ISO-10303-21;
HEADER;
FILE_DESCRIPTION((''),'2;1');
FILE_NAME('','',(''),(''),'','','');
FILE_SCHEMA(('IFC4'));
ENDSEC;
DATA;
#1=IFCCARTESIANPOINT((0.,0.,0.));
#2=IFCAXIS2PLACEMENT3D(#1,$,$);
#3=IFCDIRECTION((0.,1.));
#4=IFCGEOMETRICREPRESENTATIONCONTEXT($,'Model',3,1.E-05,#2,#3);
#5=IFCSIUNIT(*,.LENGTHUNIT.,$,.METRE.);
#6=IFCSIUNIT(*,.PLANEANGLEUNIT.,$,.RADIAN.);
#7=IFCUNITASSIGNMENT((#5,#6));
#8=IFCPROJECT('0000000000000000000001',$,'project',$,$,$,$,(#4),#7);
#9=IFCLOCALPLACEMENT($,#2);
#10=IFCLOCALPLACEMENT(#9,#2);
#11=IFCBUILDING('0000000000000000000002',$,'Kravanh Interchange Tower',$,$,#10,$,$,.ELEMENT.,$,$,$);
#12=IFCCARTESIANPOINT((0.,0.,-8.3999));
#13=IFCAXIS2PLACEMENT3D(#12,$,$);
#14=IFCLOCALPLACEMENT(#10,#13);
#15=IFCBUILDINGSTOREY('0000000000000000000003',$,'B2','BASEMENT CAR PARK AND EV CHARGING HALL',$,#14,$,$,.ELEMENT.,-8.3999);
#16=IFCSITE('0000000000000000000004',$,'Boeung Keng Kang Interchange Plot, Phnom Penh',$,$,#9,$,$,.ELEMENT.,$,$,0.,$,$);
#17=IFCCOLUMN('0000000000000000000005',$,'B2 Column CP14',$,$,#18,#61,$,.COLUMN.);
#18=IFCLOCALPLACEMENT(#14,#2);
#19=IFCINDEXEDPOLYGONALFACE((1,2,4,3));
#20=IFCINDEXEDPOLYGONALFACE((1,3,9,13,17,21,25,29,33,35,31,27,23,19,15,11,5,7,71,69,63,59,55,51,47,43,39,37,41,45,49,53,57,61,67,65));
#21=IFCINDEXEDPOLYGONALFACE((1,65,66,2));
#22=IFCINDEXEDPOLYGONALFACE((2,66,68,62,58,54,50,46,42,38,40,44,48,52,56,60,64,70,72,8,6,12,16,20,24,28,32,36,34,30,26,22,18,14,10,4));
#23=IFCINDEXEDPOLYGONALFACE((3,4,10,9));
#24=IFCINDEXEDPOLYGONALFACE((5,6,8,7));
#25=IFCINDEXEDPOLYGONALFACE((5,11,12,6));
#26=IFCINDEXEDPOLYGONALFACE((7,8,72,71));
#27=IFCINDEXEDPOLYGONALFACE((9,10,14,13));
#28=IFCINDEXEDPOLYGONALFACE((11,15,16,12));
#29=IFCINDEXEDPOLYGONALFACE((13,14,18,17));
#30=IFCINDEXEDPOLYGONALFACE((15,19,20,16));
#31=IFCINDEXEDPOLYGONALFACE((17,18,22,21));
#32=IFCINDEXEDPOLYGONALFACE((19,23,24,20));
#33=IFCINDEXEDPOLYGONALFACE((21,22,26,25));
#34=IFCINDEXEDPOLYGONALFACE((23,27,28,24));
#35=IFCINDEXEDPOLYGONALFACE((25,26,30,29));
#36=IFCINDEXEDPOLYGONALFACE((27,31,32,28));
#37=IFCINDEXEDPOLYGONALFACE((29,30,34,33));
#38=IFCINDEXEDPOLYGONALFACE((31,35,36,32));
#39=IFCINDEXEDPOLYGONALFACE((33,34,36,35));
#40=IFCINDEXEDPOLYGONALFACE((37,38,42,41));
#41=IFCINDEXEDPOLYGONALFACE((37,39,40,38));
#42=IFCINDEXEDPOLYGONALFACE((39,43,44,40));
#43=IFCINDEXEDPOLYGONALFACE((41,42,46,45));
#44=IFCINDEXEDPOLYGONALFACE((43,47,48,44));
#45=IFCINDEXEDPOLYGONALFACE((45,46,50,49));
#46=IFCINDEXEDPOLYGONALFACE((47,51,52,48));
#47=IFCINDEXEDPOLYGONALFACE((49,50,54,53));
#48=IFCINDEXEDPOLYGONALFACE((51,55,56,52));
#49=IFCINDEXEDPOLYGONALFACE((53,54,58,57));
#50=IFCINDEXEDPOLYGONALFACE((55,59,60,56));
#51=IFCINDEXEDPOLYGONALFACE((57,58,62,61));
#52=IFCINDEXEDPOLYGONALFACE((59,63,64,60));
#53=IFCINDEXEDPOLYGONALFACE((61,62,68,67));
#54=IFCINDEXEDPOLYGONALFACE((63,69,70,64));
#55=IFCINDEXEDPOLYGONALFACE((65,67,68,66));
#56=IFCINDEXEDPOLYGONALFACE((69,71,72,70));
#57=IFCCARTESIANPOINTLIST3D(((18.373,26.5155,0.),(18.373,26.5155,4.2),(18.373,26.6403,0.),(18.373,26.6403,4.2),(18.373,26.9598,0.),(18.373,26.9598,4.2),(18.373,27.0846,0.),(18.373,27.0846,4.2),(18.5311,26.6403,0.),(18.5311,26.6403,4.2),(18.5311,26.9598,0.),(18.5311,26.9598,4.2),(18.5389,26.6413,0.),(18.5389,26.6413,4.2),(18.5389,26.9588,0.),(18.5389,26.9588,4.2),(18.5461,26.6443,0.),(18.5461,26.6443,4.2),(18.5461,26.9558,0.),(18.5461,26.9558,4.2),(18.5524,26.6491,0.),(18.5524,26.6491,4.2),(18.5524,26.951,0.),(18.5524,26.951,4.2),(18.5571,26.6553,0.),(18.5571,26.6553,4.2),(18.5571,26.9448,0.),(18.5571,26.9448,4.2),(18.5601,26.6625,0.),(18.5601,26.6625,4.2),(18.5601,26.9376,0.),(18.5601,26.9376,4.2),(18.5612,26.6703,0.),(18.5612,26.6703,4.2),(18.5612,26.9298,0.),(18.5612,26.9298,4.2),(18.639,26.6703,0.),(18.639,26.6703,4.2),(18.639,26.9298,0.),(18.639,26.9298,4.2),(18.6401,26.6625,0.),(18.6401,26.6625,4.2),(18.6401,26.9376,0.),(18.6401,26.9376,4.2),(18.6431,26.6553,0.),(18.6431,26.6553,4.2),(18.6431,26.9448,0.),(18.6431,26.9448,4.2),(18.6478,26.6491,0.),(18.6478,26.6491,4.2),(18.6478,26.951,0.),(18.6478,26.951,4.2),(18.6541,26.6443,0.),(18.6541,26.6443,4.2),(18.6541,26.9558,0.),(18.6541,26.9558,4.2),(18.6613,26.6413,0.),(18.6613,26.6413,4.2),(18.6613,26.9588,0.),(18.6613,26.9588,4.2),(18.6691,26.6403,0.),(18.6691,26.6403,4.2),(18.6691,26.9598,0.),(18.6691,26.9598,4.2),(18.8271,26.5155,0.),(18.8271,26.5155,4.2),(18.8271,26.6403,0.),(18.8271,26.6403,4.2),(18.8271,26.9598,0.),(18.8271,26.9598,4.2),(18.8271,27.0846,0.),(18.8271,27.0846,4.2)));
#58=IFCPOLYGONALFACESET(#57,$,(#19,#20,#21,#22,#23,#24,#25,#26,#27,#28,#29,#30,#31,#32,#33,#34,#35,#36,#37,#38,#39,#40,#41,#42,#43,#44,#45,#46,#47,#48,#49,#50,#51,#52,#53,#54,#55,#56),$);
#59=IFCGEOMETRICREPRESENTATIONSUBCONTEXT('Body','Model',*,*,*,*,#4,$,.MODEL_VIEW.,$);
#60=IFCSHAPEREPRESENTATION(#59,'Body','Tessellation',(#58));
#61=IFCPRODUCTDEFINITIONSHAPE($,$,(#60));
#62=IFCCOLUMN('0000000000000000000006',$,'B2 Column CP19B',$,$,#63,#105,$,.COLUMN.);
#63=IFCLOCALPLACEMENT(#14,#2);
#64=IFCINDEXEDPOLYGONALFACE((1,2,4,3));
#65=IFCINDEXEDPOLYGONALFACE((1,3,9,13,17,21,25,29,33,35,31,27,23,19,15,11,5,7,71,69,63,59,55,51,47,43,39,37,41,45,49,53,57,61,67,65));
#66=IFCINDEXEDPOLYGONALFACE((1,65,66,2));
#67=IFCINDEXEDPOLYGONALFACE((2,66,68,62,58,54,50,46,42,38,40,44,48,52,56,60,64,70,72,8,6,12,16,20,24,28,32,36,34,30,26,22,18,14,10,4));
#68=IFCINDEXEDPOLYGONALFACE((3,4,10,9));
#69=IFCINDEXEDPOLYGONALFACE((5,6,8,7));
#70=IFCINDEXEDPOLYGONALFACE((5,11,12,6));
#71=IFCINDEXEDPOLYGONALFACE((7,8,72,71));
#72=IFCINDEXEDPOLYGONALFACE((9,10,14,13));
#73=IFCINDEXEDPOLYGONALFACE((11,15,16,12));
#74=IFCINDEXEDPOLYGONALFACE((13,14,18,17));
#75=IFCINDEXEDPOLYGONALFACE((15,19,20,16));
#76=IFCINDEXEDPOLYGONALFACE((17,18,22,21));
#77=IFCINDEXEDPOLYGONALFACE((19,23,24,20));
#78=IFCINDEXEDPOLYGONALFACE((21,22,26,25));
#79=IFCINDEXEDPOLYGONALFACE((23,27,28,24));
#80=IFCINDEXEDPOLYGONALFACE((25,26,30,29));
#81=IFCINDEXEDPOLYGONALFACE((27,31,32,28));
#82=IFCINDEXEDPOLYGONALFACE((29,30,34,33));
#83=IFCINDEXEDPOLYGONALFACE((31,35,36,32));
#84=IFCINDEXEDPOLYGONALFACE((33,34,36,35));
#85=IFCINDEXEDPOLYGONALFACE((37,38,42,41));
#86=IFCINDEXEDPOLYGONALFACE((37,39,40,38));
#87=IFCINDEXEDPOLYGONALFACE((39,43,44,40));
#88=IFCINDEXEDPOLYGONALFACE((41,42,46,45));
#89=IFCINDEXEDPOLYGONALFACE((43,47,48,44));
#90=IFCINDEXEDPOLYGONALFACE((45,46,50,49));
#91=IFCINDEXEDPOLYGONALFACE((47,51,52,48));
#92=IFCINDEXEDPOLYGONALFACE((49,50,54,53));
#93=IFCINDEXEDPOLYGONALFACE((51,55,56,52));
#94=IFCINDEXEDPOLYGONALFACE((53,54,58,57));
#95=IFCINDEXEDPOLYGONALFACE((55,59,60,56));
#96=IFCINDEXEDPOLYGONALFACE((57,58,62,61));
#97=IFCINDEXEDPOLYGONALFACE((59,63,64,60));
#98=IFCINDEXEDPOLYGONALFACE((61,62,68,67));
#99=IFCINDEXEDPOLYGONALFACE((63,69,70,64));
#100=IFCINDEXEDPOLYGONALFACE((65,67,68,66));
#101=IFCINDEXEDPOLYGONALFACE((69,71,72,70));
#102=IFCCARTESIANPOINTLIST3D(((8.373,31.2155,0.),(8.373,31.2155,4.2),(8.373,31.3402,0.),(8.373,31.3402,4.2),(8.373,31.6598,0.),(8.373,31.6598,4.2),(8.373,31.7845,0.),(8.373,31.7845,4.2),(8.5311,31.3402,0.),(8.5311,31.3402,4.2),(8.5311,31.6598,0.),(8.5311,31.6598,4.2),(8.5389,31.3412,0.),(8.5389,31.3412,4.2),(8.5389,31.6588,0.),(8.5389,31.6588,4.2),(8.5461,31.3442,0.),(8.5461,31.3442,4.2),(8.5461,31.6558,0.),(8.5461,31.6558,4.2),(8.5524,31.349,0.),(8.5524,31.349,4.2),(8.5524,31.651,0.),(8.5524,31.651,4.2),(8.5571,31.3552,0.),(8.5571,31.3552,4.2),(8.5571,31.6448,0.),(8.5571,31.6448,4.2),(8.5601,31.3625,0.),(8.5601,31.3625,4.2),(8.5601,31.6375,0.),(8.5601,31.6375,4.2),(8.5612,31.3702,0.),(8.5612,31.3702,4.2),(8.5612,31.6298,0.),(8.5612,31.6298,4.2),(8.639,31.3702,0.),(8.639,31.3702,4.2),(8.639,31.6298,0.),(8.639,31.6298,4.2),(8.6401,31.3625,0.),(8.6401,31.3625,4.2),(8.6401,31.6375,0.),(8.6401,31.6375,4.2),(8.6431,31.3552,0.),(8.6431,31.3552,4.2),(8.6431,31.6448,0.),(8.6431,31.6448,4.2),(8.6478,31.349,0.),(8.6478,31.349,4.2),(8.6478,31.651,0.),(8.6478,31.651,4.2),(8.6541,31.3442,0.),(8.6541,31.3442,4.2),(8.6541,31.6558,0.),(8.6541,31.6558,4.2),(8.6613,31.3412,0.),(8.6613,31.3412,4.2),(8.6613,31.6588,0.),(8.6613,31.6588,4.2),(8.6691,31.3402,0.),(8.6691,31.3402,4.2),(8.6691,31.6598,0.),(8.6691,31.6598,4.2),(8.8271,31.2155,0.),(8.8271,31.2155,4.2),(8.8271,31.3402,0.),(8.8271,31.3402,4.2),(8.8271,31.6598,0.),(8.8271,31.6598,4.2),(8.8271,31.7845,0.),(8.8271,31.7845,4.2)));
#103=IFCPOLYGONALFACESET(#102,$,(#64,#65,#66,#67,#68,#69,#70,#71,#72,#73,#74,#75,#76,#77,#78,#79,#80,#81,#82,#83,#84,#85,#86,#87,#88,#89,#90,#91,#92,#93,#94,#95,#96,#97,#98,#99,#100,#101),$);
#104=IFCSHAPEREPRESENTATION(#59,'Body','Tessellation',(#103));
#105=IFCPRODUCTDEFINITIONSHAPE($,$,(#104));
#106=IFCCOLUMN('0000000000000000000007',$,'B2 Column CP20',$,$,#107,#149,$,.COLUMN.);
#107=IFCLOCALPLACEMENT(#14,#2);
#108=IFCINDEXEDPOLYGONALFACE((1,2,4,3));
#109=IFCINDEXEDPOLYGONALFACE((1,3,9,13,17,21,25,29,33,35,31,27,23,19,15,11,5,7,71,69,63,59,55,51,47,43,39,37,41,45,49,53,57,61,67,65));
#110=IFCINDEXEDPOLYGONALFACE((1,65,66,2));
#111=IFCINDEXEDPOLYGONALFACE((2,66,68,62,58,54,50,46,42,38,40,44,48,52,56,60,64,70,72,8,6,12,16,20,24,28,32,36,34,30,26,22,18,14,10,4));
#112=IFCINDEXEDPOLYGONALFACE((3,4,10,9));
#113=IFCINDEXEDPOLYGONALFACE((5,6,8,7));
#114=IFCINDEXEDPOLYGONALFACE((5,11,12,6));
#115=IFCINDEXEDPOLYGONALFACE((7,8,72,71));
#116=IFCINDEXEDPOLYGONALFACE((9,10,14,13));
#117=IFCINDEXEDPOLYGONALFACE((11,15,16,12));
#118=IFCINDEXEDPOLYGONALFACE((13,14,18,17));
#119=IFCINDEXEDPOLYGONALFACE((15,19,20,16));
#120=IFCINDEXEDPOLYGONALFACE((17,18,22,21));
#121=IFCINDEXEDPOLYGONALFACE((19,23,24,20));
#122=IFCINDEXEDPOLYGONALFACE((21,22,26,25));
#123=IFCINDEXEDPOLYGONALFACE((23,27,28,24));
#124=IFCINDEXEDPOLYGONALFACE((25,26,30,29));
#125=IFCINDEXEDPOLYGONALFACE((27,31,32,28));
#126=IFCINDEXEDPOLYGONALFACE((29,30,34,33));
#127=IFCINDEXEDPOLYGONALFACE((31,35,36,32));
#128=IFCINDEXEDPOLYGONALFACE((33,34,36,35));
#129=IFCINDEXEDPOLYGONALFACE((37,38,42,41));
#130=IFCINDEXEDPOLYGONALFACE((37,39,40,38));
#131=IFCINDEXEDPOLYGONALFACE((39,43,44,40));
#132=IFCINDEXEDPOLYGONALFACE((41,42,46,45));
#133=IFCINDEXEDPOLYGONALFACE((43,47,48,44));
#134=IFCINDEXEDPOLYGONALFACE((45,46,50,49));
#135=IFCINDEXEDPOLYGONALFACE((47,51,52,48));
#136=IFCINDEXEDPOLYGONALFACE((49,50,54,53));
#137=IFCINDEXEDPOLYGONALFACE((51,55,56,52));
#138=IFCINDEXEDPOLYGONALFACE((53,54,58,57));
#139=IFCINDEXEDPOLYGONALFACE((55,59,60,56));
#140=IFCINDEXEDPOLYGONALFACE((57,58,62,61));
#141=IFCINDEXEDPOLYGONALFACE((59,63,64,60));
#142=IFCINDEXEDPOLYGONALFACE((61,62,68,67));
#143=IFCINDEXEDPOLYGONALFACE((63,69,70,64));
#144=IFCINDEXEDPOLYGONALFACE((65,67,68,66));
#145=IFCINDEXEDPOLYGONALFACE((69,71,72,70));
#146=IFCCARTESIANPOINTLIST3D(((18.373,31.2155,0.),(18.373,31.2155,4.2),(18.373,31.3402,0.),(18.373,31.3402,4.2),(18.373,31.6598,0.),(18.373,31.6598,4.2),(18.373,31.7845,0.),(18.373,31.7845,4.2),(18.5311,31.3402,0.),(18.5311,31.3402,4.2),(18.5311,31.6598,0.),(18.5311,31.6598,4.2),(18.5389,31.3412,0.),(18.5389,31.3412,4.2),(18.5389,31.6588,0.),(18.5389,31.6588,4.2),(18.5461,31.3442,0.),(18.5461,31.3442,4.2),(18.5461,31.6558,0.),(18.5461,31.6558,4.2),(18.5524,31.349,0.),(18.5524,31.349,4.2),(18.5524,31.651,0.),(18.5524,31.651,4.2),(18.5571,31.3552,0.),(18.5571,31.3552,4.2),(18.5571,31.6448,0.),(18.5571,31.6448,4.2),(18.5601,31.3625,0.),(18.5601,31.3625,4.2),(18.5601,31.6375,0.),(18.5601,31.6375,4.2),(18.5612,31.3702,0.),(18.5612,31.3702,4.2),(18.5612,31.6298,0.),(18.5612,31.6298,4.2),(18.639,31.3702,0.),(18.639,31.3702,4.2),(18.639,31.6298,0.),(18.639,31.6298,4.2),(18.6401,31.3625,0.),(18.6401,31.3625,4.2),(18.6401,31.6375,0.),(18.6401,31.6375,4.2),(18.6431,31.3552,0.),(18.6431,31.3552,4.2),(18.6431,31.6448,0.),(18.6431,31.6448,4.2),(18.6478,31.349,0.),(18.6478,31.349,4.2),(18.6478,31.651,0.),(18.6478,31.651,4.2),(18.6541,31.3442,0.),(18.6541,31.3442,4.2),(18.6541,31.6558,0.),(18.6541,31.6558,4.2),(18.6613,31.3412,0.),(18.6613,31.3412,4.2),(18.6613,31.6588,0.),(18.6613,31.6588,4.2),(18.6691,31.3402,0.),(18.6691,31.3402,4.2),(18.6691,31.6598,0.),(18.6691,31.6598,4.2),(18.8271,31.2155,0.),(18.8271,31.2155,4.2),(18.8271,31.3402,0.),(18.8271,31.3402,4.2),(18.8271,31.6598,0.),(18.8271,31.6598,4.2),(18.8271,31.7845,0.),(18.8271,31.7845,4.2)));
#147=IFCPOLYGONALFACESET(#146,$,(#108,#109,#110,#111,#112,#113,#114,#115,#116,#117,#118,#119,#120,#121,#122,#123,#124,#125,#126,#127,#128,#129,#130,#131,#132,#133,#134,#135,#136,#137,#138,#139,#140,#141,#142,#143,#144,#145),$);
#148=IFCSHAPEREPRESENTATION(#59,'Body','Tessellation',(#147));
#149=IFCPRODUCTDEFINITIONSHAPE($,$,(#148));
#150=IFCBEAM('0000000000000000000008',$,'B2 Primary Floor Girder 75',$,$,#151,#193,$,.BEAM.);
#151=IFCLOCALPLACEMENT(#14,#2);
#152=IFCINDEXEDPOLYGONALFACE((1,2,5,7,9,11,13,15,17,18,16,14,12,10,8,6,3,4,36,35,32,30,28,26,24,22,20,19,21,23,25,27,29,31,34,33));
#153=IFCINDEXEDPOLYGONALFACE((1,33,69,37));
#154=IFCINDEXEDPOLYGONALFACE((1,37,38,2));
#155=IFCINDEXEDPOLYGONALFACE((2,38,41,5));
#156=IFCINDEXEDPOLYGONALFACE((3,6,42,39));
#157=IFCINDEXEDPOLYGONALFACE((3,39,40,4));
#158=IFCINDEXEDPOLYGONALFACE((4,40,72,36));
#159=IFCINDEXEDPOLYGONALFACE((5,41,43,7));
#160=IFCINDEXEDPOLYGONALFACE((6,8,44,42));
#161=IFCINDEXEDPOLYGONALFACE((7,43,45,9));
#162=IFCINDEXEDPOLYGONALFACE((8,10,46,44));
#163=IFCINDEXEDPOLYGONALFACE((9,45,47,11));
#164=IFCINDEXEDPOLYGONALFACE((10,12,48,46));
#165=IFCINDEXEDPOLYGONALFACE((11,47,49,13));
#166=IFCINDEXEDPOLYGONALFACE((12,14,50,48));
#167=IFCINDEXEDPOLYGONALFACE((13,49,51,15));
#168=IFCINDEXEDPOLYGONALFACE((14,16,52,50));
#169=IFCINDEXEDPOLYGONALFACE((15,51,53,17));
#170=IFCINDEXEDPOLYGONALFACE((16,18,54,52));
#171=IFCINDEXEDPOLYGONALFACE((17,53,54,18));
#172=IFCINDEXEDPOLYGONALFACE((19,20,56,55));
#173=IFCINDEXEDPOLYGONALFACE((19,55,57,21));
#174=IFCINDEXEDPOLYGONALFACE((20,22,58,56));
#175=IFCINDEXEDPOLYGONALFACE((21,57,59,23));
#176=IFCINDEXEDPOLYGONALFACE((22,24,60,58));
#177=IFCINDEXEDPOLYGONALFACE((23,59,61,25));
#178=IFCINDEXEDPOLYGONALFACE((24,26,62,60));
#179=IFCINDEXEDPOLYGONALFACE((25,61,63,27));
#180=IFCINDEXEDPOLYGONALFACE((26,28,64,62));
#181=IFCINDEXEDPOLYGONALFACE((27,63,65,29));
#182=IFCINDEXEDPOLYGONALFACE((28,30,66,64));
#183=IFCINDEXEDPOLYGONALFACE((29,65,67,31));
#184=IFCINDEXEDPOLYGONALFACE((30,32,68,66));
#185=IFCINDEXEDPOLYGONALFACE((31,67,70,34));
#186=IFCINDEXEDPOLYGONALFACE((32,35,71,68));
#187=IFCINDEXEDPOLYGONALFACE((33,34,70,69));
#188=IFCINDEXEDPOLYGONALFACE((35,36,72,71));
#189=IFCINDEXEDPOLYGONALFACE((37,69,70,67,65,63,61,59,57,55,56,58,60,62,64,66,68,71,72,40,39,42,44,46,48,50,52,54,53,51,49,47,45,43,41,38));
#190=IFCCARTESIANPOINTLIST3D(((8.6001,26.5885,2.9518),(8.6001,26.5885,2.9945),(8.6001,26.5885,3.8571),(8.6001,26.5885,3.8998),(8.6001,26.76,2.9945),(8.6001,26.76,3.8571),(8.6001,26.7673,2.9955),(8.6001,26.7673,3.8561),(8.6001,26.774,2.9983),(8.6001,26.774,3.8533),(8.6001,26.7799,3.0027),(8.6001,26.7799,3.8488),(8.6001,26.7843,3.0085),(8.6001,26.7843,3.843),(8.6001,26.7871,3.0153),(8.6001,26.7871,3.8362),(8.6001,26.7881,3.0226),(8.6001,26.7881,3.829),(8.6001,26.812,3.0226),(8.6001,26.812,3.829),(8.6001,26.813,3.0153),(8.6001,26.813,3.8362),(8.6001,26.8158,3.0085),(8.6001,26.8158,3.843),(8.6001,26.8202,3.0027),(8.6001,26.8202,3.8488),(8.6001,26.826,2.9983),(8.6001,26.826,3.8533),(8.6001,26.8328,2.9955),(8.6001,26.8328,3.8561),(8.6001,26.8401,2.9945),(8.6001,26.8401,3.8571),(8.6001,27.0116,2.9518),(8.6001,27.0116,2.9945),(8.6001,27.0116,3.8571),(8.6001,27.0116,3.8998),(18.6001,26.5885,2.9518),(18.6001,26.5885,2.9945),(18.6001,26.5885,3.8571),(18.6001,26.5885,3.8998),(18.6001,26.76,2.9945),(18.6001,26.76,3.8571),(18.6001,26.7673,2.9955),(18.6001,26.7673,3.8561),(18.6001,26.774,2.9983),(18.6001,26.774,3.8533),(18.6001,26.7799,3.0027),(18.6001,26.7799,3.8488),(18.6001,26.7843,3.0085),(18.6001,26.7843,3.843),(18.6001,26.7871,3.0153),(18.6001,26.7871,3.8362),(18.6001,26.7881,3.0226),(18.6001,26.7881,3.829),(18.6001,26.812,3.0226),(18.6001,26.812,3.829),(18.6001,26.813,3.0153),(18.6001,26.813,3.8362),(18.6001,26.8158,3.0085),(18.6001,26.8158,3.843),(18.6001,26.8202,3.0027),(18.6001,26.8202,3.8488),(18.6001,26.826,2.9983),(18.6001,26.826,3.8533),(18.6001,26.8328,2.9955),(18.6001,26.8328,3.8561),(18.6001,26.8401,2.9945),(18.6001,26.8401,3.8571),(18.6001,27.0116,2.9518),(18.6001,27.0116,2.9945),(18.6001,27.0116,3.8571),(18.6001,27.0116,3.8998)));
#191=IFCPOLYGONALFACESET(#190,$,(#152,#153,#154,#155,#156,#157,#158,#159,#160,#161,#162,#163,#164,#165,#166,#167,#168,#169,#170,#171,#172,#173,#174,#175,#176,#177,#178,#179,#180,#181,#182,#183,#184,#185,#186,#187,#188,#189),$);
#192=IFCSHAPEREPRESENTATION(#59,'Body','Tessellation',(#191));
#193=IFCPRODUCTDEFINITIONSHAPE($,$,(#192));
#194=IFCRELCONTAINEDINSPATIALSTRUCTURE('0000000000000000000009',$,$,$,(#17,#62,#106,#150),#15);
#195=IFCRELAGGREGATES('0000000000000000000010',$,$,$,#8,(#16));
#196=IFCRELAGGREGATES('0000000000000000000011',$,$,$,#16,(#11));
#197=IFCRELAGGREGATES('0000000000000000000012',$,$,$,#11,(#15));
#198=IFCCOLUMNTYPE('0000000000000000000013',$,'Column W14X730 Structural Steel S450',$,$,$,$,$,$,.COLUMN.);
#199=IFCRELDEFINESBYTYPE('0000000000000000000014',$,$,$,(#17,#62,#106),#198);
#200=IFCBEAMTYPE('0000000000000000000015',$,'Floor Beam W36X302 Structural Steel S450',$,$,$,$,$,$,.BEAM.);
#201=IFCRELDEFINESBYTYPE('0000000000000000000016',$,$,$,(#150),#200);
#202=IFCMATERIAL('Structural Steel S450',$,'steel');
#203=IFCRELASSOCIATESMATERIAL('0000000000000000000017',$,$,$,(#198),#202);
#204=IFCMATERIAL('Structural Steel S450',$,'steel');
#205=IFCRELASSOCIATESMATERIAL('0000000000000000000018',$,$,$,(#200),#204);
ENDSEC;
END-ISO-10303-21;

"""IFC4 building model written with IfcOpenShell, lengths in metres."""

from ifc_helpers import new_model, si_unit, direction, frame, origin, origin_2d, place, context, subcontext, project, spatial, i_section, extrude, material, material_profile, profile_set, type_object, element, save


model = new_model("IFC4")

# Units and contexts
model_context = context("Model", 3, precision=1e-05, world=origin(), true_north=direction((0.0, 1.0)))
body_context = subcontext(model_context, "Body", "Model", "MODEL_VIEW")
ifc_project = project(units=[si_unit("LENGTHUNIT", "METRE"), si_unit("PLANEANGLEUNIT", "RADIAN")], contexts=[model_context])

# Site, building, storey
site_placement = place(None, origin())
site = spatial("IfcSite", under=ifc_project, at=site_placement, Name="Boeung Keng Kang Interchange Plot, Phnom Penh", CompositionType="ELEMENT", RefElevation=0.0)
building_placement = place(site_placement, origin())
building = spatial("IfcBuilding", under=site, at=building_placement, Name="Kravanh Interchange Tower", CompositionType="ELEMENT")
storey_placement = place(building_placement, frame((0.0, 0.0, -8.3999)))
storey = spatial("IfcBuildingStorey", under=building, at=storey_placement, Name="B2", Description="BASEMENT CAR PARK AND EV CHARGING HALL", CompositionType="ELEMENT", Elevation=-8.3999)

# Columns
ifc_material_1 = material(Name="Structural Steel S450", Category="steel")
ifc_material_profile_1 = material_profile(ifc_material_1, i_section(OverallWidth=0.4541, OverallDepth=0.5691, WebThickness=0.0779, FlangeThickness=0.1248, FilletRadius=0.03, at=origin_2d()), Name="W14X730")
ifc_profile_set_1 = profile_set([ifc_material_profile_1], Name="Structural Steel S450")
column_type = type_object("IfcColumnType", Name="Column W14X730 Structural Steel S450", PredefinedType="COLUMN", material=ifc_profile_set_1)
for number, where, z_axis, x_axis, name in (
    (1, (18.6001, 26.8, 0.0), (0.0, 0.0, 1.0), (1.0, 0.0, 0.0), "B2 Column CP14"),
    (2, (8.6001, 31.5, 0.0), (0.0, 0.0, 1.0), (1.0, 0.0, 0.0), "B2 Column CP19B"),
    (3, (18.6001, 31.5, 0.0), (0.0, 0.0, 1.0), (1.0, 0.0, 0.0), "B2 Column CP20"),
):
    element("IfcColumn", number, at=place(storey_placement, frame(where, z_axis=z_axis, x_axis=x_axis)), inside=storey, type_object=column_type, Name=name, PredefinedType="COLUMN", context=body_context, shape_type="SweptSolid", body=[
        extrude(i_section(OverallWidth=0.4541, OverallDepth=0.5691, WebThickness=0.0779, FlangeThickness=0.1248, FilletRadius=0.03, at=origin_2d()), origin(), (0.0, 0.0, 1.0), 4.2),
    ])

# Beam
ifc_material_2 = material(Name="Structural Steel S450", Category="steel")
ifc_material_profile_2 = material_profile(ifc_material_2, i_section(OverallWidth=0.4231, OverallDepth=0.948, WebThickness=0.0239, FlangeThickness=0.0427, FilletRadius=0.0281, at=origin_2d()), Name="W36X302")
ifc_profile_set_2 = profile_set([ifc_material_profile_2], Name="Structural Steel S450")
beam_type_1 = type_object("IfcBeamType", Name="Floor Beam W36X302 Structural Steel S450", PredefinedType="BEAM", material=ifc_profile_set_2)
beam_1_placement = place(storey_placement, frame((8.6001, 26.8, 3.4258), z_axis=(1.0, 0.0, 0.0), x_axis=(0.0, 1.0, 0.0)))
element("IfcBeam", 4, at=beam_1_placement, inside=storey, type_object=beam_type_1, Name="B2 Primary Floor Girder 75", PredefinedType="BEAM", context=body_context, shape_type="SweptSolid", body=[
    extrude(i_section(OverallWidth=0.4231, OverallDepth=0.948, WebThickness=0.0239, FlangeThickness=0.0427, FilletRadius=0.0281, at=origin_2d()), origin(), (0.0, 0.0, 1.0), 10.0),
])

save(model, "model.ifc")
